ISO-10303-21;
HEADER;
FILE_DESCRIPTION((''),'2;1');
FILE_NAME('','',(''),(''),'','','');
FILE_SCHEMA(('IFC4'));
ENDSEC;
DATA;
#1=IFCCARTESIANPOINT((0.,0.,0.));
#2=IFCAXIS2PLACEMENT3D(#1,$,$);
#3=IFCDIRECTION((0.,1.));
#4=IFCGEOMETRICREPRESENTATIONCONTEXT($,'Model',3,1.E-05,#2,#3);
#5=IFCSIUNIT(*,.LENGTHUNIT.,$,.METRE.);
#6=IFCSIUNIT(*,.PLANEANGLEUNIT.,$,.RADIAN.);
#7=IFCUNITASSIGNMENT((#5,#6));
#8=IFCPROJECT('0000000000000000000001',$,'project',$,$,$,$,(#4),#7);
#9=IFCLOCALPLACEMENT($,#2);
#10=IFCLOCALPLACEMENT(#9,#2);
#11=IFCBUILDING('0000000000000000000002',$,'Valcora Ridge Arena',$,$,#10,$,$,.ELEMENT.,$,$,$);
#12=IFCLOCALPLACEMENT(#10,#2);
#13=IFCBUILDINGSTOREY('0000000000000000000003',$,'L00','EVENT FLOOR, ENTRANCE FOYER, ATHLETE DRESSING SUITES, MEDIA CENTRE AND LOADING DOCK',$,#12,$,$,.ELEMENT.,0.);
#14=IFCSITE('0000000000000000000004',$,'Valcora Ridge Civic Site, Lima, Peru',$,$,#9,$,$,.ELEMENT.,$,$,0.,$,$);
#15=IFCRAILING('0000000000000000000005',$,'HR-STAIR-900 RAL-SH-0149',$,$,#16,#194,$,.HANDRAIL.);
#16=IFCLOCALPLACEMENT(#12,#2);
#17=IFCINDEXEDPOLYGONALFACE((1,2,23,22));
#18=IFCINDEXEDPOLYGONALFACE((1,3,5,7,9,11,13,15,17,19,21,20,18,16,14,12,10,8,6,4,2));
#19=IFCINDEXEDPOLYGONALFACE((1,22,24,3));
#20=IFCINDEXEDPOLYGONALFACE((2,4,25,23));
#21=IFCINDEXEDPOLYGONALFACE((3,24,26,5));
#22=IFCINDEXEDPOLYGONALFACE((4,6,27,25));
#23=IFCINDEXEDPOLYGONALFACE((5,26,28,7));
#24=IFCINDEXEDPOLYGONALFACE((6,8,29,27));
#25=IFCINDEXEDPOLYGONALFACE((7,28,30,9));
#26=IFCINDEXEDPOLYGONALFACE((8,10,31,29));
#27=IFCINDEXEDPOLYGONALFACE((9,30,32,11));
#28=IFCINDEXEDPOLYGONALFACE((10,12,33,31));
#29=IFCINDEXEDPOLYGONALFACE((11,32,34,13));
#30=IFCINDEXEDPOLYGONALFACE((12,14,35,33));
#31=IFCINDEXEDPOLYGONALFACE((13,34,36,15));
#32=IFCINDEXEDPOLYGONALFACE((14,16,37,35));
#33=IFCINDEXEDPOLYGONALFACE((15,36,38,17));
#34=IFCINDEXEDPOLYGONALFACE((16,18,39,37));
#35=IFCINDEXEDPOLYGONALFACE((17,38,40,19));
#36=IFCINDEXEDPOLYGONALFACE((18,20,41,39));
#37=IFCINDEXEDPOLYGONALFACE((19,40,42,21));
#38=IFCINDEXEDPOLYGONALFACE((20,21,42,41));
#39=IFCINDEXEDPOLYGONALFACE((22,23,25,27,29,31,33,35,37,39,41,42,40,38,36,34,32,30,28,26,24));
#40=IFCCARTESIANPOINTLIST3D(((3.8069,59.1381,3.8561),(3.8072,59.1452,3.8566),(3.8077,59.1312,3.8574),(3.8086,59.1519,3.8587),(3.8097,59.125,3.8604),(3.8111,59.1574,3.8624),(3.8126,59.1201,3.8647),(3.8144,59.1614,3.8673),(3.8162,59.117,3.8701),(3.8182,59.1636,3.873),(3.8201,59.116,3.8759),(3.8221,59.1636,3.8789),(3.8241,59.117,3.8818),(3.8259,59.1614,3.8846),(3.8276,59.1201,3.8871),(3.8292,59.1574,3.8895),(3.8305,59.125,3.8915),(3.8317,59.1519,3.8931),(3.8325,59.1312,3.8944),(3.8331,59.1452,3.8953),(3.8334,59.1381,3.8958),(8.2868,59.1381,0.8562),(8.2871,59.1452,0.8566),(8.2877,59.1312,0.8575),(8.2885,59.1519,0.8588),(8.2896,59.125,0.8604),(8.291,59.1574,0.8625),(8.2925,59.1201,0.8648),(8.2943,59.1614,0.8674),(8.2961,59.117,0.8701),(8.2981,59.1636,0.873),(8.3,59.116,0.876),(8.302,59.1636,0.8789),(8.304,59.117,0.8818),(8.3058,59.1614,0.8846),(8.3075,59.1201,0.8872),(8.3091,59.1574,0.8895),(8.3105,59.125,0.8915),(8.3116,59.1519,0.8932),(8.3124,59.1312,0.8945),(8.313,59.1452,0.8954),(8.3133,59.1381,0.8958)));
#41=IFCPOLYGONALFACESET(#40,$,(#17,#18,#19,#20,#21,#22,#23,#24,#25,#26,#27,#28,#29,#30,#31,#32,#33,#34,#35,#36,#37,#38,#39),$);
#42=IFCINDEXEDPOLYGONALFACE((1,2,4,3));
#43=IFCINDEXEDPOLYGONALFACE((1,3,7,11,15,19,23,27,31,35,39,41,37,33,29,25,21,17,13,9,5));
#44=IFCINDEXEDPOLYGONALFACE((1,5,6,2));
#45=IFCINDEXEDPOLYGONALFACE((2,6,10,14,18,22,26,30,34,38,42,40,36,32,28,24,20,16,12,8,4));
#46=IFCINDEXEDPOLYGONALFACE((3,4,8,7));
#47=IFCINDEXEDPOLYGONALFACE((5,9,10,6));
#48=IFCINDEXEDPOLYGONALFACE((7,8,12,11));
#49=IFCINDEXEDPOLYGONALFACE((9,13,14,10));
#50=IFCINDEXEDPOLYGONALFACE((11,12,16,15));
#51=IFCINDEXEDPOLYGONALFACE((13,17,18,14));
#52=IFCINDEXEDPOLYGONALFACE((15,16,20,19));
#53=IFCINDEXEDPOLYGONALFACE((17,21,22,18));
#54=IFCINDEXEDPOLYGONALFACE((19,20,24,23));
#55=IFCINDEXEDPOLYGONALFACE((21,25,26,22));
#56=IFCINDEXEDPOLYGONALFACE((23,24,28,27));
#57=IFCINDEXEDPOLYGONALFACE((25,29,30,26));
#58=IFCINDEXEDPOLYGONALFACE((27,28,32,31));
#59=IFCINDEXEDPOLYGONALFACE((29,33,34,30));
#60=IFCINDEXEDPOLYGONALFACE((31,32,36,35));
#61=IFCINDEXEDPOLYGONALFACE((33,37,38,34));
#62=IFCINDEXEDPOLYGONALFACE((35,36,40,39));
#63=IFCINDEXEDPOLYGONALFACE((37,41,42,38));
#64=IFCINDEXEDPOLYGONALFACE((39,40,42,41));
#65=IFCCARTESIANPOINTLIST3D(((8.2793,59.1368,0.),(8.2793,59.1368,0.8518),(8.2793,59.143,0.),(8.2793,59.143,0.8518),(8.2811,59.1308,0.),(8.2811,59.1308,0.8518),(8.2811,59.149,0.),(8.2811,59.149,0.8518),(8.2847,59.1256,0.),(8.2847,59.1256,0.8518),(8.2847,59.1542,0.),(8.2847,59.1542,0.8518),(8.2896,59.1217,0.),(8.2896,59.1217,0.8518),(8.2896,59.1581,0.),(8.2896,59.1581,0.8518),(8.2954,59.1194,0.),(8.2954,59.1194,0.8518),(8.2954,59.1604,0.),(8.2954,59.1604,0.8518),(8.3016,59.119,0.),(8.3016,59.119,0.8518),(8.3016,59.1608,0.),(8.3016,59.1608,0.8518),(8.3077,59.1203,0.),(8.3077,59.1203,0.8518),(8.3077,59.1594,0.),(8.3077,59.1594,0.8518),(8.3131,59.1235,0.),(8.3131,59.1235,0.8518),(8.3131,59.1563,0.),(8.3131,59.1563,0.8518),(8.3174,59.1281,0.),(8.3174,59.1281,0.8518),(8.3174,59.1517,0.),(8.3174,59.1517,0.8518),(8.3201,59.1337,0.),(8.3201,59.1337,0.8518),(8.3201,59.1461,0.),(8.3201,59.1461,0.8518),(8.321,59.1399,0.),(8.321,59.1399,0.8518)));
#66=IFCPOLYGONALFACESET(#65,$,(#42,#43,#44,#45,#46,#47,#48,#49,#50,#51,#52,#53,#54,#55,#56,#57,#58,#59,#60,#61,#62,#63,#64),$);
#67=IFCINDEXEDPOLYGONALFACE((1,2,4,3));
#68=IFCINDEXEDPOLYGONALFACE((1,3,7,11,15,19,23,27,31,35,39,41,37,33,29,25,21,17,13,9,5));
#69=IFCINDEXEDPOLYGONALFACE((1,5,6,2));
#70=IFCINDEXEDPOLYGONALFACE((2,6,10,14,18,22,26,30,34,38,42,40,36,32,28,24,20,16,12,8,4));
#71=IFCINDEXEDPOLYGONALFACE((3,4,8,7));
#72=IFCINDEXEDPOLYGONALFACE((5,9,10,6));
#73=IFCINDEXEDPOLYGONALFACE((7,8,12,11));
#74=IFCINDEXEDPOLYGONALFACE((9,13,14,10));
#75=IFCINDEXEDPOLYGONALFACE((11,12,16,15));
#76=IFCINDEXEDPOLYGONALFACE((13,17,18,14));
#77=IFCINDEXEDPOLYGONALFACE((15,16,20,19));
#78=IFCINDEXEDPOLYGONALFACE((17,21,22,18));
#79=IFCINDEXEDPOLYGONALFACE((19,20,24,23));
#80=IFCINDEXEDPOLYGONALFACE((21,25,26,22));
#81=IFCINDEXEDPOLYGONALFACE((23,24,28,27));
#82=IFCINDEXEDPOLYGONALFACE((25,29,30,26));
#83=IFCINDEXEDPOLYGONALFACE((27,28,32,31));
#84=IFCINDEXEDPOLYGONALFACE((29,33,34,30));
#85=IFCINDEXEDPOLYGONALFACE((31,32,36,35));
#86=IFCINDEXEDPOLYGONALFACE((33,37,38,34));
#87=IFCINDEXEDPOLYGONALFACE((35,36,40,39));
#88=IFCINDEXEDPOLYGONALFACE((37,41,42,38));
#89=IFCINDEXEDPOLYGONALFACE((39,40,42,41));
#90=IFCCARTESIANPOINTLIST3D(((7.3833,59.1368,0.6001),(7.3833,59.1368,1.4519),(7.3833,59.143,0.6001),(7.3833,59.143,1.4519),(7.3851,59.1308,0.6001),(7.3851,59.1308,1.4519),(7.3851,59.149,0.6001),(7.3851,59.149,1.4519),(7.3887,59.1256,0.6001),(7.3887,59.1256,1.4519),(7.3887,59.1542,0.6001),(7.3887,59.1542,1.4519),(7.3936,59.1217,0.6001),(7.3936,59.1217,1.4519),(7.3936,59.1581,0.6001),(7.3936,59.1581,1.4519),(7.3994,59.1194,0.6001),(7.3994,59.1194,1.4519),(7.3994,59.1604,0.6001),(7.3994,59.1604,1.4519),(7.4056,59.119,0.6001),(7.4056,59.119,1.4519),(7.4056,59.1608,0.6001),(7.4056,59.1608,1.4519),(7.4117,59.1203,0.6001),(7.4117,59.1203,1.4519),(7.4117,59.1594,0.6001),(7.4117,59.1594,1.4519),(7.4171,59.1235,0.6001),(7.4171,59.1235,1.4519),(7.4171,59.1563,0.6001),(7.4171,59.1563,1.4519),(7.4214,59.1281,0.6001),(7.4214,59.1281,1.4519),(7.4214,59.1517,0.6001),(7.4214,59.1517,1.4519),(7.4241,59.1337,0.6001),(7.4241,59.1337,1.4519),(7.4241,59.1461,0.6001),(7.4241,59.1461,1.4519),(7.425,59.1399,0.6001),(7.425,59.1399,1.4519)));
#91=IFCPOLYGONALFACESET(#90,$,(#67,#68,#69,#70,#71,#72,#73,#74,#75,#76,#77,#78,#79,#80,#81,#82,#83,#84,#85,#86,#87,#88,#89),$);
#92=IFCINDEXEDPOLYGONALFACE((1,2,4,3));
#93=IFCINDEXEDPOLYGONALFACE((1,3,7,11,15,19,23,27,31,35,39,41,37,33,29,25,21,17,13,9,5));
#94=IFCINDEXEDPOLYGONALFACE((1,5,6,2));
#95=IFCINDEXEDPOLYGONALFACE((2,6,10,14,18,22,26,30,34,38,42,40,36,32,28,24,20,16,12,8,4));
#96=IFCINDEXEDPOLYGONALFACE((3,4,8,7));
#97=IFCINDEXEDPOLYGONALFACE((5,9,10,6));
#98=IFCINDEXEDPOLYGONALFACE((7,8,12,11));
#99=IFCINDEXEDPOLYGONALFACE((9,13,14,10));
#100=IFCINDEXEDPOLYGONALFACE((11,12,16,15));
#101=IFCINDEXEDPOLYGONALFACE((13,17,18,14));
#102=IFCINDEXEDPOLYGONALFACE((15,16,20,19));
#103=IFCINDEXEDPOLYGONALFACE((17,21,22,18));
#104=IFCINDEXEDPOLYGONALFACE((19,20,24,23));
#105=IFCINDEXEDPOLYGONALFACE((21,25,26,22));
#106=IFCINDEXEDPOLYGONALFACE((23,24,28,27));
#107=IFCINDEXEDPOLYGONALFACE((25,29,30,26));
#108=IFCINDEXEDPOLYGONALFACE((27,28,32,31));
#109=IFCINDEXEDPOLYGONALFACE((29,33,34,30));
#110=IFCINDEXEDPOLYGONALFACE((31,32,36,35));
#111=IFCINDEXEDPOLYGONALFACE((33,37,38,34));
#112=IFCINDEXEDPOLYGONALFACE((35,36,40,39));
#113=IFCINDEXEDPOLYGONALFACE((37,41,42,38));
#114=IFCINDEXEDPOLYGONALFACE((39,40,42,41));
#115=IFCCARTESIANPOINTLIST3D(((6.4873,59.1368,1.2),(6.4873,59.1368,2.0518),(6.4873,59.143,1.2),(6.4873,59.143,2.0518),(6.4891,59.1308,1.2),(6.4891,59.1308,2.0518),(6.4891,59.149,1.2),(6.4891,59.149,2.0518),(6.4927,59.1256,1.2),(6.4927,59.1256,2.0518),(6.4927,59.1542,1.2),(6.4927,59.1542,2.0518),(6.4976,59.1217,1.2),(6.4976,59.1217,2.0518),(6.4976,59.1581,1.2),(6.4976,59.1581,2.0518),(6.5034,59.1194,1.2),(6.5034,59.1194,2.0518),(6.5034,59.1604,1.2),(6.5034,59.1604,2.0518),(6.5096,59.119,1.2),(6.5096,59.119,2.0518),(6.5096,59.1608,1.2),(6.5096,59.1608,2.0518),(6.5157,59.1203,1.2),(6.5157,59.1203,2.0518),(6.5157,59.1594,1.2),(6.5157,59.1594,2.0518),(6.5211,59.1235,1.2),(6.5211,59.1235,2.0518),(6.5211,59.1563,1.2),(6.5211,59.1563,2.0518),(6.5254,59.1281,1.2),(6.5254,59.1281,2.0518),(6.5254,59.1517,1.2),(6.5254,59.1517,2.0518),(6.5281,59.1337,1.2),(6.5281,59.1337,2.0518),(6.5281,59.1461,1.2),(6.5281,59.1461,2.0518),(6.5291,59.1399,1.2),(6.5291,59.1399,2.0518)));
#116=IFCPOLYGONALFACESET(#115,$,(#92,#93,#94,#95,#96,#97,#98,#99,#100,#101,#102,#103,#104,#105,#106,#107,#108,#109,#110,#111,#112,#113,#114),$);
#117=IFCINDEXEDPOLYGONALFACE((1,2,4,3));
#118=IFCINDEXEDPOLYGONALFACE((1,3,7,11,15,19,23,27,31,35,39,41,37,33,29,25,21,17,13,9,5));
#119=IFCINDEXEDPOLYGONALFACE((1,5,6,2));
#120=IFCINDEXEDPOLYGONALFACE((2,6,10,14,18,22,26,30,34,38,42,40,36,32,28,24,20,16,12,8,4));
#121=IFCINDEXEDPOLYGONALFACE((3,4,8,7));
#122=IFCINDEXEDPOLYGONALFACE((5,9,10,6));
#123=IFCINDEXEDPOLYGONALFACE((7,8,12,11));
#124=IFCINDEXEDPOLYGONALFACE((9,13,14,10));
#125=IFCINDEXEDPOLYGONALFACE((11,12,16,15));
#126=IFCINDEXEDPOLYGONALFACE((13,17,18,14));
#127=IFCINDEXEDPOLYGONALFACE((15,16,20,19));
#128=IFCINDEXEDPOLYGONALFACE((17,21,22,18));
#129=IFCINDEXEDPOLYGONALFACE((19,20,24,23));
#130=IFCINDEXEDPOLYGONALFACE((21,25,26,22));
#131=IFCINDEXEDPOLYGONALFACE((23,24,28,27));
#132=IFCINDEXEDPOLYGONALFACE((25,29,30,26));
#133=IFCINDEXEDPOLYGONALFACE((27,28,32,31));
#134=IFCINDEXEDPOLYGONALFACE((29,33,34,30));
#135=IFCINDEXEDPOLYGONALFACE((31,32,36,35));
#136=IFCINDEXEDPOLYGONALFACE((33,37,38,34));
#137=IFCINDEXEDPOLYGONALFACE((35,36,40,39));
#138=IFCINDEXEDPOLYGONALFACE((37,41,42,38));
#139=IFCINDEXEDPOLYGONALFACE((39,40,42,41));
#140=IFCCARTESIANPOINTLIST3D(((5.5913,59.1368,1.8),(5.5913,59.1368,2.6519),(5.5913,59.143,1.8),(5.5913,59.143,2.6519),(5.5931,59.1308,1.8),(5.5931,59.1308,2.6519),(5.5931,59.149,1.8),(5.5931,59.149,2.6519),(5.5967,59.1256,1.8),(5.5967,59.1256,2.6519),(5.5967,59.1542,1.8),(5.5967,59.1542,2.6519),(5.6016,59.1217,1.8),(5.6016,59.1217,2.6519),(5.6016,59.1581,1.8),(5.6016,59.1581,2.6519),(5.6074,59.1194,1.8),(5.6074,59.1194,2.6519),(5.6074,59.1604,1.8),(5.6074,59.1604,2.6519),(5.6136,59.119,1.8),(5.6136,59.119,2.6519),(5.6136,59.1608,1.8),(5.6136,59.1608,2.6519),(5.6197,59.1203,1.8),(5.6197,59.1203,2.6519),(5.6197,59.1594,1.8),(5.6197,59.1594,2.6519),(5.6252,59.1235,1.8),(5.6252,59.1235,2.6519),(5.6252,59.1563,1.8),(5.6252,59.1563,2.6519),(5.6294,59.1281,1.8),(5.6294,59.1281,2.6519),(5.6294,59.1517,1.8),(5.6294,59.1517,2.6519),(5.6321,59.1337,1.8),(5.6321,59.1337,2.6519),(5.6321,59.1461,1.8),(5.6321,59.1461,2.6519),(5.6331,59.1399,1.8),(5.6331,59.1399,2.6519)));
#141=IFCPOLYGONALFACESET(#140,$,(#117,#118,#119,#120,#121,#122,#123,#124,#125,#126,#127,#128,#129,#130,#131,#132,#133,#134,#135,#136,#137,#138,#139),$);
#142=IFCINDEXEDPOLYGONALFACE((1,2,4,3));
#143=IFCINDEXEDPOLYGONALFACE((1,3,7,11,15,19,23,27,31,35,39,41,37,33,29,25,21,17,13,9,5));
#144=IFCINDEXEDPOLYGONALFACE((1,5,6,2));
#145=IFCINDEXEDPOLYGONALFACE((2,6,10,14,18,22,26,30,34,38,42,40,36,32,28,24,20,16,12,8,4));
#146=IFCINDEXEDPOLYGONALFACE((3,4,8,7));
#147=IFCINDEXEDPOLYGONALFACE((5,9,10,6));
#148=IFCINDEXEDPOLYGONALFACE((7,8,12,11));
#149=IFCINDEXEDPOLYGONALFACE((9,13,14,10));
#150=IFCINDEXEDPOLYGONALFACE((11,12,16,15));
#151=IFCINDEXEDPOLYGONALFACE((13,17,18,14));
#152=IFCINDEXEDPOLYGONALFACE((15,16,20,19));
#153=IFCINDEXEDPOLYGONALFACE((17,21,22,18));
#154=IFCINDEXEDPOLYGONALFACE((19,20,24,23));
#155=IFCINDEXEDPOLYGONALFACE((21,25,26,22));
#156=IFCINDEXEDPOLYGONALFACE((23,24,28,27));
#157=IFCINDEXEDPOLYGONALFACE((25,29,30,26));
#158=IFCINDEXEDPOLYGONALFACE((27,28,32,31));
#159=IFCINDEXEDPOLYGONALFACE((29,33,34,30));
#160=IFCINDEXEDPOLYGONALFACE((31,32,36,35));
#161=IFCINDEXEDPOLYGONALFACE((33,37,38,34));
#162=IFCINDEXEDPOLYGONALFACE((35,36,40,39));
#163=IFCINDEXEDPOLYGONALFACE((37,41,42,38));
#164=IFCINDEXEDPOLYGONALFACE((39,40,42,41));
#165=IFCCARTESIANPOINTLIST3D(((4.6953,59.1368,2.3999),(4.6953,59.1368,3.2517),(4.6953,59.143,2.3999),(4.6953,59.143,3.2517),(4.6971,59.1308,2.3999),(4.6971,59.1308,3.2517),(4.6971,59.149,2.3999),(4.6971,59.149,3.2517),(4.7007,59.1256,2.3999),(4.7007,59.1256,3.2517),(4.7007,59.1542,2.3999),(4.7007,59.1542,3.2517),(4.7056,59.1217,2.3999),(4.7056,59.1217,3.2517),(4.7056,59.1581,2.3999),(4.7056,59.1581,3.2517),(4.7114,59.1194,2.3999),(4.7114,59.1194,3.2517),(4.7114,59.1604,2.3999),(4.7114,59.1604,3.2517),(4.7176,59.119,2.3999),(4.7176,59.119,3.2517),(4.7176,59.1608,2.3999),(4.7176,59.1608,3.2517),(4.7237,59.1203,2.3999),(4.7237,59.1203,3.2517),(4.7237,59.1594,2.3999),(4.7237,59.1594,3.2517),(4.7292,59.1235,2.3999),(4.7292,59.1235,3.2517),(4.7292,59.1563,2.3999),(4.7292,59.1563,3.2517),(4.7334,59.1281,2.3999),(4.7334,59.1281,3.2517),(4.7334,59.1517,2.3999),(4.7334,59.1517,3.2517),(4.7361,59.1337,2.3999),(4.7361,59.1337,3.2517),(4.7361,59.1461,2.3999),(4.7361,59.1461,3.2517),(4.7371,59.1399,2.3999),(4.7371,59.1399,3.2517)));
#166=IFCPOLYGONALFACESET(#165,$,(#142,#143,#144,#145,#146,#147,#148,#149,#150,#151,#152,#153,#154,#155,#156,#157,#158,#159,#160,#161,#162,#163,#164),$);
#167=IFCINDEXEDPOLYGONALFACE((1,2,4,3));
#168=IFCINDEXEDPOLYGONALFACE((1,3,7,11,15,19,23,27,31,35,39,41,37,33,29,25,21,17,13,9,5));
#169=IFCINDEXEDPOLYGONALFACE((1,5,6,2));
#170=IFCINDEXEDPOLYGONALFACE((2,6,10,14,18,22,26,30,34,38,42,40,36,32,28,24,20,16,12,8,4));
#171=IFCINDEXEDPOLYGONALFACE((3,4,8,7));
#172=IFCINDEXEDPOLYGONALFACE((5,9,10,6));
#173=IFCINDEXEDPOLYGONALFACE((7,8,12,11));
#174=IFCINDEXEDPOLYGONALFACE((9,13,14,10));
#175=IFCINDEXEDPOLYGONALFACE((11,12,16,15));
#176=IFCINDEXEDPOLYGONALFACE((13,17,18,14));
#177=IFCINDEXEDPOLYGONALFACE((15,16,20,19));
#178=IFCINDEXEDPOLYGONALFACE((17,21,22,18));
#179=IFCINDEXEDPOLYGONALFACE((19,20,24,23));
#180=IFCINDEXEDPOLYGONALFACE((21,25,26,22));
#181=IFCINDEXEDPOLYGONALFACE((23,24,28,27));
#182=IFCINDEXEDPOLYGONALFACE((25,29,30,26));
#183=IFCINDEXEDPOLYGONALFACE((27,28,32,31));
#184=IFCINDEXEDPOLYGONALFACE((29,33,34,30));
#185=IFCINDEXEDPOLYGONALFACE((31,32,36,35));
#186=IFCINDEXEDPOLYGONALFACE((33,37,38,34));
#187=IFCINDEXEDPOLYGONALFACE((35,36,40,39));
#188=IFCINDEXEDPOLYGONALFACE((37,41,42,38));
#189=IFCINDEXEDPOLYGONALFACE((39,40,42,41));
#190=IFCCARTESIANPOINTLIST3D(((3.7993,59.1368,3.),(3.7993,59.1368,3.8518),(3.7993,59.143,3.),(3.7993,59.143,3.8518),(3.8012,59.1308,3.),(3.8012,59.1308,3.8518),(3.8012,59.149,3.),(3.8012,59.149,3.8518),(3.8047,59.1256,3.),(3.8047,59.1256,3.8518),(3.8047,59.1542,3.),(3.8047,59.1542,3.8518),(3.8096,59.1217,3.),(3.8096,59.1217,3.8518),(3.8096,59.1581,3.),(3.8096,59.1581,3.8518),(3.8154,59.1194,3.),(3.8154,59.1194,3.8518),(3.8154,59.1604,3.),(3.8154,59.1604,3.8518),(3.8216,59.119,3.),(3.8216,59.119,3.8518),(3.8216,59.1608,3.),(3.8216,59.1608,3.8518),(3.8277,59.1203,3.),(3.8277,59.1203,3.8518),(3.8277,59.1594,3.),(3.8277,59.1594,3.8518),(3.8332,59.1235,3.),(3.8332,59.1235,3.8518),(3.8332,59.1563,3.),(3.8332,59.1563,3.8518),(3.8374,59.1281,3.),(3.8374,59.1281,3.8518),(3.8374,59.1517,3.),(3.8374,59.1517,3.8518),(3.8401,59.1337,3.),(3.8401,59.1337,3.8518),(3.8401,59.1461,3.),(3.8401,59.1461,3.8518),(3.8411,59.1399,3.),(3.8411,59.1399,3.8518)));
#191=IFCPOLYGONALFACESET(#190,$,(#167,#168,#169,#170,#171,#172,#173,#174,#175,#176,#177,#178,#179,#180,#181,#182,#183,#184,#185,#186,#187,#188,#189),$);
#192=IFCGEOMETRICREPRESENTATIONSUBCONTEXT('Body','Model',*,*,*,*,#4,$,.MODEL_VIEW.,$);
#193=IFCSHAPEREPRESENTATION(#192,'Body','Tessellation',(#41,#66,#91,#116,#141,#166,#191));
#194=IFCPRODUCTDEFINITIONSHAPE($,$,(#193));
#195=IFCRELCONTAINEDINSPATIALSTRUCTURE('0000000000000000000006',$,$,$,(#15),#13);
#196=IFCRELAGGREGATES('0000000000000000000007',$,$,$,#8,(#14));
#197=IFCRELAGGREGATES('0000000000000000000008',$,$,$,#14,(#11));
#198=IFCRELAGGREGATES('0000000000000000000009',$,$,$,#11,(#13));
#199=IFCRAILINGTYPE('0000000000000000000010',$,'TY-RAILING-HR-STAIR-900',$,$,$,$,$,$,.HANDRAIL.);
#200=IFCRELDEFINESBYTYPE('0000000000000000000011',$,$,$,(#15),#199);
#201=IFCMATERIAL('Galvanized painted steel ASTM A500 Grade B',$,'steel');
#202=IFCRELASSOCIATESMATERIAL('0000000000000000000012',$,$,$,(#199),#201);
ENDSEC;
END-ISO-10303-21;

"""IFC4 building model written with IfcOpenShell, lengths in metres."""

from ifc_helpers import new_model, si_unit, direction, frame, origin, origin_2d, place, context, subcontext, project, spatial, circle, extrude, material, type_object, element, save


model = new_model("IFC4")

# Units and contexts
model_context = context("Model", 3, precision=1e-05, world=origin(), true_north=direction((0.0, 1.0)))
body_context = subcontext(model_context, "Body", "Model", "MODEL_VIEW")
ifc_project = project(units=[si_unit("LENGTHUNIT", "METRE"), si_unit("PLANEANGLEUNIT", "RADIAN")], contexts=[model_context])

# Site, building, storey
site_placement = place(None, origin())
site = spatial("IfcSite", under=ifc_project, at=site_placement, Name="Valcora Ridge Civic Site, Lima, Peru", CompositionType="ELEMENT", RefElevation=0.0)
building_placement = place(site_placement, origin())
building = spatial("IfcBuilding", under=site, at=building_placement, Name="Valcora Ridge Arena", CompositionType="ELEMENT")
storey_placement = place(building_placement, origin())
storey = spatial("IfcBuildingStorey", under=building, at=storey_placement, Name="L00", Description="EVENT FLOOR, ENTRANCE FOYER, ATHLETE DRESSING SUITES, MEDIA CENTRE AND LOADING DOCK", CompositionType="ELEMENT", Elevation=0.0)

# Railing
ifc_material_1 = material(Name="Galvanized painted steel ASTM A500 Grade B", Category="steel")
railing_type_1 = type_object("IfcRailingType", Name="TY-RAILING-HR-STAIR-900", PredefinedType="HANDRAIL", material=ifc_material_1)
railing_1_placement = place(storey_placement, frame((8.3, 59.1399, 0.0)))
element("IfcRailing", 1, at=railing_1_placement, inside=storey, type_object=railing_type_1, Name="HR-STAIR-900 RAL-SH-0149", PredefinedType="HANDRAIL", context=body_context, shape_type="SweptSolid", body=[
    extrude(circle(Radius=0.0239, at=origin_2d()), frame((0.0, 0.0, 0.876), z_axis=(-0.830906, 0.0, 0.556413), x_axis=(0.0, -1.0, 0.0)), (0.0, 0.0, 1.0), 5.3916),
    extrude(circle(Radius=0.021, at=origin_2d()), origin(), (0.0, 0.0, 1.0), 0.8518),
    extrude(circle(Radius=0.021, at=origin_2d()), frame((-0.896, 0.0, 0.6001)), (0.0, 0.0, 1.0), 0.8518),
    extrude(circle(Radius=0.021, at=origin_2d()), frame((-1.792, 0.0, 1.2)), (0.0, 0.0, 1.0), 0.8518),
    extrude(circle(Radius=0.021, at=origin_2d()), frame((-2.688, 0.0, 1.8)), (0.0, 0.0, 1.0), 0.8518),
    extrude(circle(Radius=0.021, at=origin_2d()), frame((-3.584, 0.0, 2.3999)), (0.0, 0.0, 1.0), 0.8518),
    extrude(circle(Radius=0.021, at=origin_2d()), frame((-4.48, 0.0, 3.0)), (0.0, 0.0, 1.0), 0.8518),
])

save(model, "model.ifc")
